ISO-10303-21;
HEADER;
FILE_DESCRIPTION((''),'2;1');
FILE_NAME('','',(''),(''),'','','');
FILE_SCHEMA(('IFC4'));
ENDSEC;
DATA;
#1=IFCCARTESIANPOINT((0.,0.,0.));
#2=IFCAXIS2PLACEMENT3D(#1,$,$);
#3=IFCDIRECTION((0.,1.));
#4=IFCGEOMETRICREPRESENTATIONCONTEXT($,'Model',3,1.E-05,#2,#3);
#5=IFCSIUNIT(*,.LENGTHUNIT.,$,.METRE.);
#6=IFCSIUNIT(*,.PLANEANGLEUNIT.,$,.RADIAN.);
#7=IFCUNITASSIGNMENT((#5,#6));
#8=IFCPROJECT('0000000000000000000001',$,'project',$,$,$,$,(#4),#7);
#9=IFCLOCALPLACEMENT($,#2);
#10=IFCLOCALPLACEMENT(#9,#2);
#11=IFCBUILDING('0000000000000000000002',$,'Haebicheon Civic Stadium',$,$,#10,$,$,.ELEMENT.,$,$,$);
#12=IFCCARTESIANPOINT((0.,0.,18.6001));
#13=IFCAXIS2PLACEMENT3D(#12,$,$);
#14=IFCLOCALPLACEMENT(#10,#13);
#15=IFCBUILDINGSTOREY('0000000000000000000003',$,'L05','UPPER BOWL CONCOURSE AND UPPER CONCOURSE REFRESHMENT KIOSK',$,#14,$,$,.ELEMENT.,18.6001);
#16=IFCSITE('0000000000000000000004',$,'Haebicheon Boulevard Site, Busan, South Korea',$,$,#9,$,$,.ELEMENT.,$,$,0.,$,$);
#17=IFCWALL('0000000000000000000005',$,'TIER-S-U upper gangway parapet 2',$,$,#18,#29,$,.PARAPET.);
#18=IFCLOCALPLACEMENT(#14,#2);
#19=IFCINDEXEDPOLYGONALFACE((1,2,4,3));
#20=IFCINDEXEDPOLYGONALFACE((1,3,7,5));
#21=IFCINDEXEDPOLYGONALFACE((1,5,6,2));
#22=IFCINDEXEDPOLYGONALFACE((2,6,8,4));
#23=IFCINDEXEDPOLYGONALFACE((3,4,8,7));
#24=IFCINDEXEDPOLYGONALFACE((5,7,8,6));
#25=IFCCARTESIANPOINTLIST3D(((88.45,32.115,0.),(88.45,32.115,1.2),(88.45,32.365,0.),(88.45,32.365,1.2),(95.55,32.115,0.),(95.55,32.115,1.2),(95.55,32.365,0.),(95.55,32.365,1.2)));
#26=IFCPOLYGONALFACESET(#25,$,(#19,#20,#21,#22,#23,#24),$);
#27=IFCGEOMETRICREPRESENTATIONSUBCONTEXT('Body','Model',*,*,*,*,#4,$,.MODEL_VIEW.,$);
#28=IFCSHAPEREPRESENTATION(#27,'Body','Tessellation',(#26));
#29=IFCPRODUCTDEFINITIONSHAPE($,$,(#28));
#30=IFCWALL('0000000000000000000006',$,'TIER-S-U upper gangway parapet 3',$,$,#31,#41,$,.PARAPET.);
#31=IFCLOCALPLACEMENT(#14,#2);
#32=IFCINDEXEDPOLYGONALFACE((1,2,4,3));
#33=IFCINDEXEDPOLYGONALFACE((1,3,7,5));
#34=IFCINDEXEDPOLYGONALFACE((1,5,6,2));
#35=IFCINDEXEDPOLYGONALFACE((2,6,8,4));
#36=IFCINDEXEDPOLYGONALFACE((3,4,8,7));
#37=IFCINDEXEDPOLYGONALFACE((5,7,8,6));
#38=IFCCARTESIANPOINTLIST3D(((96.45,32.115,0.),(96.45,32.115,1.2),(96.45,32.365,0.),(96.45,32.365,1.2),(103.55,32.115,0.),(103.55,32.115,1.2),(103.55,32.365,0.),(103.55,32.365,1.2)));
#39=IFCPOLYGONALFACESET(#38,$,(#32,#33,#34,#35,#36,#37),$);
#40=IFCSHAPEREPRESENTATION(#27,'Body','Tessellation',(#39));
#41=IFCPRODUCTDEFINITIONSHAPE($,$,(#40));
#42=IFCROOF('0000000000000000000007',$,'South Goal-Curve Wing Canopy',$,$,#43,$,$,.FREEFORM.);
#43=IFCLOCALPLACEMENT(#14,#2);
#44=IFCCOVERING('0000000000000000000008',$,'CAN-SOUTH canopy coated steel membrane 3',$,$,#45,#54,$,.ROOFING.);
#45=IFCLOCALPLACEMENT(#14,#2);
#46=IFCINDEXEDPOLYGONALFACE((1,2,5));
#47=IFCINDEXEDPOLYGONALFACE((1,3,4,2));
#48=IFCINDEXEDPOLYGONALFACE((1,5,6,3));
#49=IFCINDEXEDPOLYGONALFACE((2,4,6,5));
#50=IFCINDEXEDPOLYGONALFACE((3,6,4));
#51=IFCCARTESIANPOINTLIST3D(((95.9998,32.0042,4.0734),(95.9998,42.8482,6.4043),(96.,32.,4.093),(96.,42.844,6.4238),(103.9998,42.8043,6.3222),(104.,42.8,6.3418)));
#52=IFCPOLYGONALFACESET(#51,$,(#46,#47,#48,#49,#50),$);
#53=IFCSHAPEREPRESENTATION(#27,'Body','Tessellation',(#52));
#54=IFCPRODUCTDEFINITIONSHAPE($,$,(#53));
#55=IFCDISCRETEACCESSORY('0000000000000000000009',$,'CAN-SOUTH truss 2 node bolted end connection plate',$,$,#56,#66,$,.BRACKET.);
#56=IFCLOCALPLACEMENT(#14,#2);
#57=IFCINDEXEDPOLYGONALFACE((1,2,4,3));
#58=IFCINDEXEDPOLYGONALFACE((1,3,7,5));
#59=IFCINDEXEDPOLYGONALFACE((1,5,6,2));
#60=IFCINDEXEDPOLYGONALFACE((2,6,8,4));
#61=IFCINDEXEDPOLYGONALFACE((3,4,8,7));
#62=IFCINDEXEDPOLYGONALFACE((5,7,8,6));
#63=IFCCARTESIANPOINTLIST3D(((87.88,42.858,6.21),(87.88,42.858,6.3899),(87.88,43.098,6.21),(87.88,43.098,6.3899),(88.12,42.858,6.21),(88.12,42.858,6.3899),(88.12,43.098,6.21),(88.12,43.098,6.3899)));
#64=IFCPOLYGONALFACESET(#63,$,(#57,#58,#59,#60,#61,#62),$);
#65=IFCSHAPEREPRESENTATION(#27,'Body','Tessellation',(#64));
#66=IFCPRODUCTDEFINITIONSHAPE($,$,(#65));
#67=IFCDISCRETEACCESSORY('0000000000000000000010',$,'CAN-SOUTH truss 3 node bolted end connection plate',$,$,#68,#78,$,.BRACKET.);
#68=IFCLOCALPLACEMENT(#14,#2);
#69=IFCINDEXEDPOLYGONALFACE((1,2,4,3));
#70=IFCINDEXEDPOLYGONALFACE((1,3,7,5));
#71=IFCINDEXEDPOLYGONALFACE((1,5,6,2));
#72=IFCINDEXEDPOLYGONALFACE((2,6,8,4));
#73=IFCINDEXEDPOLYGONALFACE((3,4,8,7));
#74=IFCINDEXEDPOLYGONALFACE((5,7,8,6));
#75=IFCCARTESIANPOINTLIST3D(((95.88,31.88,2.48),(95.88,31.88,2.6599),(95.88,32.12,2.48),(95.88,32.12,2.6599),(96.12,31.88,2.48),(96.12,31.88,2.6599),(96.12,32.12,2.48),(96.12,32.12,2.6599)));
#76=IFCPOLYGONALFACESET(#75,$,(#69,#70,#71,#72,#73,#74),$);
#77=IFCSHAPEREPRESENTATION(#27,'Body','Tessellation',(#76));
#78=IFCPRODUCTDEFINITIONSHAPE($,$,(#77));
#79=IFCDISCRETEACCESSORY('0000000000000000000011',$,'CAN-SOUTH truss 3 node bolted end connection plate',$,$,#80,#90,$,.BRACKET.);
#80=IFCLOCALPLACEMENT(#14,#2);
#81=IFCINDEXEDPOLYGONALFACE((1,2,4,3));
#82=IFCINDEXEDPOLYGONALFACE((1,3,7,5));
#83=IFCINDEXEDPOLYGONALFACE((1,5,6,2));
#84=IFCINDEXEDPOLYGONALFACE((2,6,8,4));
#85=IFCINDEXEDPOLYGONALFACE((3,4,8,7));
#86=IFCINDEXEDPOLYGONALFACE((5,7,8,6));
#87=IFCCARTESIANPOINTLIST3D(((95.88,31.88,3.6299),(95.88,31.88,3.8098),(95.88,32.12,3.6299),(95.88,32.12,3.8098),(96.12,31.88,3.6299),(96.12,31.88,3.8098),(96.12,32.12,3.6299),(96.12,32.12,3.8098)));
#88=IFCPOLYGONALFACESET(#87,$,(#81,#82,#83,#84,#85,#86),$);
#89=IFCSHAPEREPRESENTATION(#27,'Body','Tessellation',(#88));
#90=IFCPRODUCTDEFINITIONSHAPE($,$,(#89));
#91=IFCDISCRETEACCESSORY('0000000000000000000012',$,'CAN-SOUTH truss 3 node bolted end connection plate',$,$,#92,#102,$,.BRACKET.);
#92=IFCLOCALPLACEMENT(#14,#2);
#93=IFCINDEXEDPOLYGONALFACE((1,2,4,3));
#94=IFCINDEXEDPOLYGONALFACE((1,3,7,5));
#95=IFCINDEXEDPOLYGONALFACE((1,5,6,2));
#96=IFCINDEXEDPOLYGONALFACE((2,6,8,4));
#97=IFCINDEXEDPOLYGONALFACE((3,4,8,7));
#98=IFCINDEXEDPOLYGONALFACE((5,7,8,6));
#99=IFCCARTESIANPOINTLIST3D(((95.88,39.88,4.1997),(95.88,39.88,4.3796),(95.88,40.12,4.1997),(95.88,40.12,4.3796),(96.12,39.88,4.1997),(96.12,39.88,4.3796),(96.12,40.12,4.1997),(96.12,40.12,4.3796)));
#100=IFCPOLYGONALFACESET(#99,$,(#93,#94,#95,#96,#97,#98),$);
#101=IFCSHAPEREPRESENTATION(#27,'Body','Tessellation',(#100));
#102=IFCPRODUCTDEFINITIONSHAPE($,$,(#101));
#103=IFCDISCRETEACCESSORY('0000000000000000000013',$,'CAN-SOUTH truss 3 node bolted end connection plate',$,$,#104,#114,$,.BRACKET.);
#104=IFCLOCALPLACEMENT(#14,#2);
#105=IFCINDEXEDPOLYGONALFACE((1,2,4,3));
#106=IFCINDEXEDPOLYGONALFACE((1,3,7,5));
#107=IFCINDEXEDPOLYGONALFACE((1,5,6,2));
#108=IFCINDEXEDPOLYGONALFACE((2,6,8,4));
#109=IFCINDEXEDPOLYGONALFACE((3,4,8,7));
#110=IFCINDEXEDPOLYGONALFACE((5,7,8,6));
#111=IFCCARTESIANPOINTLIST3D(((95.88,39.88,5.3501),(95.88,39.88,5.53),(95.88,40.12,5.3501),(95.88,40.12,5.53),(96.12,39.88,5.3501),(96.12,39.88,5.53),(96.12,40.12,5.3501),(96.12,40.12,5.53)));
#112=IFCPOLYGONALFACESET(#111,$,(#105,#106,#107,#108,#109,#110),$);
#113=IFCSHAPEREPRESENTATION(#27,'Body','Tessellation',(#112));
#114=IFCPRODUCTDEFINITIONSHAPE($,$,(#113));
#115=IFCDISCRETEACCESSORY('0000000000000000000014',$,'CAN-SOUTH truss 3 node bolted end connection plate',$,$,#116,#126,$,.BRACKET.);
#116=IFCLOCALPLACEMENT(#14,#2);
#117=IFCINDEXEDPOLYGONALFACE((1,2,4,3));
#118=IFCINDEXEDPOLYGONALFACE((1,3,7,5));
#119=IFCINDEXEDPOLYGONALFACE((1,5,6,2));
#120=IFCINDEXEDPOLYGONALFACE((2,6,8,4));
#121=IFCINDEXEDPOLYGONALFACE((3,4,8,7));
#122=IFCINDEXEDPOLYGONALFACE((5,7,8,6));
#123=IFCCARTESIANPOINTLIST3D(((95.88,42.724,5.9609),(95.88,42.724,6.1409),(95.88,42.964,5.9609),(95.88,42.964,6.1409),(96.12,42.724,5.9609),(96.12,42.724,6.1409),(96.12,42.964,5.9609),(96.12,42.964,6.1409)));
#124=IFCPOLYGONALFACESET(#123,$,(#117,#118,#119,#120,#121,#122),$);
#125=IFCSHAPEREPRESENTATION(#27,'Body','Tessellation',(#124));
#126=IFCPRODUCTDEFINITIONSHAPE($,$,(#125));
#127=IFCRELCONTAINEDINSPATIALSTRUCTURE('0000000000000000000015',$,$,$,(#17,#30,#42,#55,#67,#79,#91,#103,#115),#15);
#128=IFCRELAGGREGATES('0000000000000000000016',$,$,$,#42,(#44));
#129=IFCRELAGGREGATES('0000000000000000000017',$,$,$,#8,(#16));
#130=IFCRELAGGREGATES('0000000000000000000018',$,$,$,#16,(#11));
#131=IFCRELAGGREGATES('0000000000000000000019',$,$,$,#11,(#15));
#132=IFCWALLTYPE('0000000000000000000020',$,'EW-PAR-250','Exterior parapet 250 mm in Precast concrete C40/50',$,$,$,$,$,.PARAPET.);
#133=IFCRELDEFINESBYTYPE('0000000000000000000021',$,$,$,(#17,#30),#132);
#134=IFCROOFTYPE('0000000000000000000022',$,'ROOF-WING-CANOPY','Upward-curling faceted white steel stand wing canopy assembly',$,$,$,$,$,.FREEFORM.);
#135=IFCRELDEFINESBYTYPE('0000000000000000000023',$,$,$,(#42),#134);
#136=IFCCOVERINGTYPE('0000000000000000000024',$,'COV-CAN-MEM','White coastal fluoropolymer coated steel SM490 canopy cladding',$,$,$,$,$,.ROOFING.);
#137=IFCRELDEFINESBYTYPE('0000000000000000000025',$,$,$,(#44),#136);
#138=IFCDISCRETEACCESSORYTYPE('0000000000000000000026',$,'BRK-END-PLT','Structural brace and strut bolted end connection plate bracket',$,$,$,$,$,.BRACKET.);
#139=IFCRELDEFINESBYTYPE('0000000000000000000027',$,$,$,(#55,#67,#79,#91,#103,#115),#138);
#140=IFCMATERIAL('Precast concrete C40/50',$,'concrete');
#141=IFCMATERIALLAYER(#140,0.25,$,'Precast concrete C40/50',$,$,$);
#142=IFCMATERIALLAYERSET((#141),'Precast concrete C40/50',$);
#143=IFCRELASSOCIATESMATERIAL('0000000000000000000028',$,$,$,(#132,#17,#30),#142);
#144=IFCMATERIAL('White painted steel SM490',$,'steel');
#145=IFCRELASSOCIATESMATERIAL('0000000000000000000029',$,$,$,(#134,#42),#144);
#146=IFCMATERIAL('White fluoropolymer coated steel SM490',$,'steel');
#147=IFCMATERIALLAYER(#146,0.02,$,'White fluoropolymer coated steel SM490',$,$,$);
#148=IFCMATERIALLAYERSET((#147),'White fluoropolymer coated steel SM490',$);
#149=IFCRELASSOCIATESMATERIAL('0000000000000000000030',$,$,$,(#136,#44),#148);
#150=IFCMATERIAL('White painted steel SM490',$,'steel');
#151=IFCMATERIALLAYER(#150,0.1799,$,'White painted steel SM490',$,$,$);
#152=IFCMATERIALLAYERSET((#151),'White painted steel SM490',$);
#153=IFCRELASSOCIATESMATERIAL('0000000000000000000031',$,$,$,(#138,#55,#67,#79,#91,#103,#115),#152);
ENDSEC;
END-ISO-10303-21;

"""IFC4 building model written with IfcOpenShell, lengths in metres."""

from ifc_helpers import new_model, si_unit, direction, frame, frame_2d, origin, origin_2d, place, context, subcontext, project, spatial, polyline, rectangle, outline, extrude, material, layer, layer_set, type_object, element, aggregate, save


model = new_model("IFC4")

# Units and contexts
model_context = context("Model", 3, precision=1e-05, world=origin(), true_north=direction((0.0, 1.0)))
body_context = subcontext(model_context, "Body", "Model", "MODEL_VIEW")
ifc_project = project(units=[si_unit("LENGTHUNIT", "METRE"), si_unit("PLANEANGLEUNIT", "RADIAN")], contexts=[model_context])

# Site, building, storey
site_placement = place(None, origin())
site = spatial("IfcSite", under=ifc_project, at=site_placement, Name="Haebicheon Boulevard Site, Busan, South Korea", CompositionType="ELEMENT", RefElevation=0.0)
building_placement = place(site_placement, origin())
building = spatial("IfcBuilding", under=site, at=building_placement, Name="Haebicheon Civic Stadium", CompositionType="ELEMENT")
storey_placement = place(building_placement, frame((0.0, 0.0, 18.6001)))
storey = spatial("IfcBuildingStorey", under=building, at=storey_placement, Name="L05", Description="UPPER BOWL CONCOURSE AND UPPER CONCOURSE REFRESHMENT KIOSK", CompositionType="ELEMENT", Elevation=18.6001)

# Walls
ifc_material_1 = material(Name="Precast concrete C40/50", Category="concrete")
ifc_layer_1 = layer(ifc_material_1, 0.25, Name="Precast concrete C40/50")
ifc_layer_set_1 = layer_set([ifc_layer_1], Name="Precast concrete C40/50")
wall_type = type_object("IfcWallType", Name="EW-PAR-250", Description="Exterior parapet 250 mm in Precast concrete C40/50", PredefinedType="PARAPET", material=ifc_layer_set_1)
for number, where, z_axis, x_axis, name in (
    (1, (88.45, 32.24, 0.0), (0.0, 0.0, 1.0), (1.0, 0.0, 0.0), "TIER-S-U upper gangway parapet 2"),
    (2, (96.45, 32.24, 0.0), (0.0, 0.0, 1.0), (1.0, 0.0, 0.0), "TIER-S-U upper gangway parapet 3"),
):
    element("IfcWall", number, at=place(storey_placement, frame(where, z_axis=z_axis, x_axis=x_axis)), inside=storey, type_object=wall_type, material=ifc_layer_set_1, Name=name, PredefinedType="PARAPET", context=body_context, shape_type="SweptSolid", body=[
        extrude(rectangle(XDim=7.1001, YDim=0.25, at=frame_2d((3.55, 0.0))), origin(), (0.0, 0.0, 1.0), 1.2),
    ])

# Roof, covering
ifc_material_2 = material(Name="White painted steel SM490", Category="steel")
roof_type = type_object("IfcRoofType", Name="ROOF-WING-CANOPY", Description="Upward-curling faceted white steel stand wing canopy assembly", PredefinedType="FREEFORM", material=ifc_material_2)
roof_placement = place(storey_placement, origin())
roof = element("IfcRoof", 3, at=roof_placement, inside=storey, type_object=roof_type, material=ifc_material_2, Name="South Goal-Curve Wing Canopy", PredefinedType="FREEFORM")
ifc_material_3 = material(Name="White fluoropolymer coated steel SM490", Category="steel")
ifc_layer_2 = layer(ifc_material_3, 0.02, Name="White fluoropolymer coated steel SM490")
ifc_layer_set_2 = layer_set([ifc_layer_2], Name="White fluoropolymer coated steel SM490")
covering_type = type_object("IfcCoveringType", Name="COV-CAN-MEM", Description="White coastal fluoropolymer coated steel SM490 canopy cladding", PredefinedType="ROOFING", material=ifc_layer_set_2)
covering_placement = place(storey_placement, frame((96.0, 32.0, 4.093), z_axis=(0.00887, -0.210133, 0.977633), x_axis=(0.0, 0.977671, 0.210141)))
covering = element("IfcCovering", 4, at=covering_placement, type_object=covering_type, material=ifc_layer_set_2, Name="CAN-SOUTH canopy coated steel membrane 3", PredefinedType="ROOFING", context=body_context, shape_type="SweptSolid", body=[
    extrude(outline(polyline([(0.0, 0.0), (11.0917, 0.0), (11.0315, -8.0003), (0.0, 0.0)])), origin(), (0.0, 0.0, -1.0), 0.02),
])
aggregate(roof, [covering])

# Discrete accessories
ifc_material_4 = material(Name="White painted steel SM490", Category="steel")
ifc_layer_3 = layer(ifc_material_4, 0.1799, Name="White painted steel SM490")
ifc_layer_set_3 = layer_set([ifc_layer_3], Name="White painted steel SM490")
discrete_accessory_type = type_object("IfcDiscreteAccessoryType", Name="BRK-END-PLT", Description="Structural brace and strut bolted end connection plate bracket", PredefinedType="BRACKET", material=ifc_layer_set_3)
for number, where, z_axis, x_axis, name in (
    (5, (88.0, 42.978, 6.21), (0.0, 0.0, 1.0), (1.0, 0.0, 0.0), "CAN-SOUTH truss 2 node bolted end connection plate"),
    (6, (96.0, 32.0, 2.48), (0.0, 0.0, 1.0), (1.0, 0.0, 0.0), "CAN-SOUTH truss 3 node bolted end connection plate"),
    (7, (96.0, 32.0, 3.6299), (0.0, 0.0, 1.0), (1.0, 0.0, 0.0), "CAN-SOUTH truss 3 node bolted end connection plate"),
    (8, (96.0, 40.0, 4.1997), (0.0, 0.0, 1.0), (1.0, 0.0, 0.0), "CAN-SOUTH truss 3 node bolted end connection plate"),
    (9, (96.0, 40.0, 5.3501), (0.0, 0.0, 1.0), (1.0, 0.0, 0.0), "CAN-SOUTH truss 3 node bolted end connection plate"),
    (10, (96.0, 42.844, 5.9609), (0.0, 0.0, 1.0), (1.0, 0.0, 0.0), "CAN-SOUTH truss 3 node bolted end connection plate"),
):
    element("IfcDiscreteAccessory", number, at=place(storey_placement, frame(where, z_axis=z_axis, x_axis=x_axis)), inside=storey, type_object=discrete_accessory_type, material=ifc_layer_set_3, Name=name, PredefinedType="BRACKET", context=body_context, shape_type="SweptSolid", body=[
        extrude(rectangle(XDim=0.24, YDim=0.24, at=origin_2d()), origin(), (0.0, 0.0, 1.0), 0.1799),
    ])

save(model, "model.ifc")
